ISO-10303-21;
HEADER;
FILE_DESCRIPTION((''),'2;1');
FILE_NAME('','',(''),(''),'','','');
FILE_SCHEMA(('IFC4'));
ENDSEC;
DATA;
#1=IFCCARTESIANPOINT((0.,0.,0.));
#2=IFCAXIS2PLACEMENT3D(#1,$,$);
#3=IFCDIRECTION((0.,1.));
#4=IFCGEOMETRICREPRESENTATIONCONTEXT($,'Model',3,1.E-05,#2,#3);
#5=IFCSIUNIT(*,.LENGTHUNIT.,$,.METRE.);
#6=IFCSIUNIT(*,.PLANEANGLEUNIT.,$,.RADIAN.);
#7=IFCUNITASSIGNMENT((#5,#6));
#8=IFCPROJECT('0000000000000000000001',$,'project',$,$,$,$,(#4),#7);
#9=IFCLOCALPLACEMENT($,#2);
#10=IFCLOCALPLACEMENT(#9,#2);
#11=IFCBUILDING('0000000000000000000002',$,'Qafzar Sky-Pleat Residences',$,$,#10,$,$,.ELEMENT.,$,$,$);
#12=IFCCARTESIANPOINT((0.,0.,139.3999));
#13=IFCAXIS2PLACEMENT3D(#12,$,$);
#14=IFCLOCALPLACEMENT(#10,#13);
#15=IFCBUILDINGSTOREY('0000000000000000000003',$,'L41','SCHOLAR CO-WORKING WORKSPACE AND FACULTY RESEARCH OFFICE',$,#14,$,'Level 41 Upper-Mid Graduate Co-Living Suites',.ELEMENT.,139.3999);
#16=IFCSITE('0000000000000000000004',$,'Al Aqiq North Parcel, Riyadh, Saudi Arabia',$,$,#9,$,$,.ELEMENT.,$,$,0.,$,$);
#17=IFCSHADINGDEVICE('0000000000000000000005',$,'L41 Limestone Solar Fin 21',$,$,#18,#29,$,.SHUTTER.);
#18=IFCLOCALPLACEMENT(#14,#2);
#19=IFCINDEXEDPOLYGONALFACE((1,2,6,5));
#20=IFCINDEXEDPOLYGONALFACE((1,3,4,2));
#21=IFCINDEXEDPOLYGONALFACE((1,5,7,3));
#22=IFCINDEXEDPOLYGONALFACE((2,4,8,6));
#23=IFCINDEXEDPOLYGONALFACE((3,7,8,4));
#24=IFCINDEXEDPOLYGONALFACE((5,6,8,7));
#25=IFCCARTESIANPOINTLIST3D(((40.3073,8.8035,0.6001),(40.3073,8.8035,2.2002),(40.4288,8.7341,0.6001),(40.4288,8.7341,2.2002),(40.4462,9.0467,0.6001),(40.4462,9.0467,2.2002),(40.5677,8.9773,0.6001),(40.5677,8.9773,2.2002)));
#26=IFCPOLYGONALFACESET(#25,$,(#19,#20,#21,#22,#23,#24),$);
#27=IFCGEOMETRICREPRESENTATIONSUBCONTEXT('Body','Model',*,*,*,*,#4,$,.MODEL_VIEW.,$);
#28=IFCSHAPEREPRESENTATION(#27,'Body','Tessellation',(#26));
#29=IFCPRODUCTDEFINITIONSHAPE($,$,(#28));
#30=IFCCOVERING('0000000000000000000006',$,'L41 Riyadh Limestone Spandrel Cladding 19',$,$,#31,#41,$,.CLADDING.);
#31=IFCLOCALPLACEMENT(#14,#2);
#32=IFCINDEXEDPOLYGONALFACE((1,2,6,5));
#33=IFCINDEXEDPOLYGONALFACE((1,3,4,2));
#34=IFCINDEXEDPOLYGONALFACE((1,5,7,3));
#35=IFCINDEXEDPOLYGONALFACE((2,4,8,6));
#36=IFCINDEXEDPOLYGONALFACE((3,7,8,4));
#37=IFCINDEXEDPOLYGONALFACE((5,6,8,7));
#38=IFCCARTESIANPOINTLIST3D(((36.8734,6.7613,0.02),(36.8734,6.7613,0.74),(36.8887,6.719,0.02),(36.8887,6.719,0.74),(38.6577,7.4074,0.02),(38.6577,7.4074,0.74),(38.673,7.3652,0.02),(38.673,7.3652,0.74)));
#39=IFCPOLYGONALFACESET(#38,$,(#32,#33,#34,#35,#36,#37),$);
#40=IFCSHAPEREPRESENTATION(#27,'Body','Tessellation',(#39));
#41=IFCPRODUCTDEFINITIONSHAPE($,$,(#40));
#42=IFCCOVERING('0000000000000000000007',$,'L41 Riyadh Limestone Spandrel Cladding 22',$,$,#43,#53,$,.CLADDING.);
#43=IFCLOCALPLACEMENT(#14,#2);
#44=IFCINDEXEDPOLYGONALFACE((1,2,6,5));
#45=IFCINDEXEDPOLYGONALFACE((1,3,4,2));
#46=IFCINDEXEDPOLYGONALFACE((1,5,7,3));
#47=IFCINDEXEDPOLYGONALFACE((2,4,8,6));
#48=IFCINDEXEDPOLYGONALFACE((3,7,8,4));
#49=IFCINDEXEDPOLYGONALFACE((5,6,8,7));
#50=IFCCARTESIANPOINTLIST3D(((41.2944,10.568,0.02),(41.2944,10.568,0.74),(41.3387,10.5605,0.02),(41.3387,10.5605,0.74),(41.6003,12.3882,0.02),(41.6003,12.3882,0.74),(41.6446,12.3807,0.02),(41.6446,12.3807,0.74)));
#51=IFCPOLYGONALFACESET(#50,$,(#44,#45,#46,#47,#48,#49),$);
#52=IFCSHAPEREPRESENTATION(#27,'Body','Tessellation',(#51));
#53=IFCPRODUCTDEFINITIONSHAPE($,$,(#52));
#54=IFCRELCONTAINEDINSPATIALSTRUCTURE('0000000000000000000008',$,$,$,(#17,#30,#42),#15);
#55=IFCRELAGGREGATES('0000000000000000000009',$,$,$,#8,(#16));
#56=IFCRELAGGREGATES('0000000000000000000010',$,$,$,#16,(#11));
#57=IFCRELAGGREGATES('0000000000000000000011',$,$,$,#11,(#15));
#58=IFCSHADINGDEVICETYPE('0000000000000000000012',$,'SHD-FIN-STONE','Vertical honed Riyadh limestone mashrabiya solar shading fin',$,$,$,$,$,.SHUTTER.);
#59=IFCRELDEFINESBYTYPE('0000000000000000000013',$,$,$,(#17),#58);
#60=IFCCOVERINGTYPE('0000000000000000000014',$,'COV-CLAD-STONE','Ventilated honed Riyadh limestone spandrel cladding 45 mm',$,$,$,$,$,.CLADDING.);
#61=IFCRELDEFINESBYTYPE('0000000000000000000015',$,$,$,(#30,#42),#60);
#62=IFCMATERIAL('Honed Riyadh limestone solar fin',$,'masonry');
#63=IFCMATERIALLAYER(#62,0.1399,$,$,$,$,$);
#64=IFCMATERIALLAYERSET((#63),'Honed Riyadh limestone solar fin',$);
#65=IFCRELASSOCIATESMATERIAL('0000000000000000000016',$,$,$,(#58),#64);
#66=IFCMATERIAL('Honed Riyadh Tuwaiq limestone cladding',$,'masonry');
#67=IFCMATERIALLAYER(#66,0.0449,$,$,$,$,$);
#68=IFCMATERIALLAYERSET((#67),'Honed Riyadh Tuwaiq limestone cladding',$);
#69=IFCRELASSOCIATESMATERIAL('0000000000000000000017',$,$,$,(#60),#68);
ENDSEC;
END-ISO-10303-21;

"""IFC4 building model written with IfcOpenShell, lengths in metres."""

from ifc_helpers import new_model, si_unit, direction, frame, origin, origin_2d, place, context, subcontext, project, spatial, rectangle, extrude, source, transform, mapped, material, layer, layer_set, type_object, element, save


model = new_model("IFC4")

# Units and contexts
model_context = context("Model", 3, precision=1e-05, world=origin(), true_north=direction((0.0, 1.0)))
body_context = subcontext(model_context, "Body", "Model", "MODEL_VIEW")
ifc_project = project(units=[si_unit("LENGTHUNIT", "METRE"), si_unit("PLANEANGLEUNIT", "RADIAN")], contexts=[model_context])

# Site, building, storey
site_placement = place(None, origin())
site = spatial("IfcSite", under=ifc_project, at=site_placement, Name="Al Aqiq North Parcel, Riyadh, Saudi Arabia", CompositionType="ELEMENT", RefElevation=0.0)
building_placement = place(site_placement, origin())
building = spatial("IfcBuilding", under=site, at=building_placement, Name="Qafzar Sky-Pleat Residences", CompositionType="ELEMENT")
storey_placement = place(building_placement, frame((0.0, 0.0, 139.3999)))
storey = spatial("IfcBuildingStorey", under=building, at=storey_placement, Name="L41", Description="SCHOLAR CO-WORKING WORKSPACE AND FACULTY RESEARCH OFFICE", LongName="Level 41 Upper-Mid Graduate Co-Living Suites", CompositionType="ELEMENT", Elevation=139.3999)

# Shading device
ifc_material_1 = material(Name="Honed Riyadh limestone solar fin", Category="masonry")
ifc_layer_1 = layer(ifc_material_1, 0.1399)
ifc_layer_set_1 = layer_set([ifc_layer_1], Name="Honed Riyadh limestone solar fin")
shading_device_type = type_object("IfcShadingDeviceType", Name="SHD-FIN-STONE", Description="Vertical honed Riyadh limestone mashrabiya solar shading fin", PredefinedType="SHUTTER", material=ifc_layer_set_1)
shared_shape_1 = source(origin(), body_context, "Body", "SweptSolid", [
    extrude(rectangle(XDim=0.1399, YDim=0.28, at=origin_2d()), origin(), (0.0, 0.0, 1.0), 1.6001),
])
shading_device_placement = place(storey_placement, frame((40.4375, 8.8904, 0.6001), z_axis=(0.0, 0.0, 1.0), x_axis=(0.868431, -0.49581, 0.0)))
element("IfcShadingDevice", 1, at=shading_device_placement, inside=storey, type_object=shading_device_type, Name="L41 Limestone Solar Fin 21", PredefinedType="SHUTTER", context=body_context, shape_type="MappedRepresentation", body=[
    mapped(shared_shape_1, transform((0.0, 0.0, 0.0), x_axis=(1.0, 0.0, 0.0), y_axis=(0.0, 1.0, 0.0), z_axis=(0.0, 0.0, 1.0), scale=1.0)),
])

# Coverings
ifc_material_2 = material(Name="Honed Riyadh Tuwaiq limestone cladding", Category="masonry")
ifc_layer_2 = layer(ifc_material_2, 0.0449)
ifc_layer_set_2 = layer_set([ifc_layer_2], Name="Honed Riyadh Tuwaiq limestone cladding")
covering_type = type_object("IfcCoveringType", Name="COV-CLAD-STONE", Description="Ventilated honed Riyadh limestone spandrel cladding 45 mm", PredefinedType="CLADDING", material=ifc_layer_set_2)
shared_shape_2 = source(origin(), body_context, "Body", "SweptSolid", [
    extrude(rectangle(XDim=1.8977, YDim=0.0449, at=origin_2d()), origin(), (0.0, 0.0, 1.0), 0.72),
])
covering_1_placement = place(storey_placement, frame((37.7732, 7.0632, 0.02), z_axis=(0.0, 0.0, 1.0), x_axis=(0.940241, 0.340509, 0.0)))
element("IfcCovering", 2, at=covering_1_placement, inside=storey, type_object=covering_type, Name="L41 Riyadh Limestone Spandrel Cladding 19", PredefinedType="CLADDING", context=body_context, shape_type="MappedRepresentation", body=[
    mapped(shared_shape_2, transform((0.0, 0.0, 0.0), x_axis=(1.0, 0.0, 0.0), y_axis=(0.0, 1.0, 0.0), z_axis=(0.0, 0.0, 1.0), scale=1.0)),
])
shared_shape_3 = source(origin(), body_context, "Body", "SweptSolid", [
    extrude(rectangle(XDim=1.8457, YDim=0.0449, at=origin_2d()), origin(), (0.0, 0.0, 1.0), 0.72),
])
covering_2_placement = place(storey_placement, frame((41.4695, 11.4744, 0.02), z_axis=(0.0, 0.0, 1.0), x_axis=(0.165704, 0.986176, 0.0)))
element("IfcCovering", 3, at=covering_2_placement, inside=storey, type_object=covering_type, Name="L41 Riyadh Limestone Spandrel Cladding 22", PredefinedType="CLADDING", context=body_context, shape_type="MappedRepresentation", body=[
    mapped(shared_shape_3, transform((0.0, 0.0, 0.0), x_axis=(1.0, 0.0, 0.0), y_axis=(0.0, 1.0, 0.0), z_axis=(0.0, 0.0, 1.0), scale=1.0)),
])

save(model, "model.ifc")
